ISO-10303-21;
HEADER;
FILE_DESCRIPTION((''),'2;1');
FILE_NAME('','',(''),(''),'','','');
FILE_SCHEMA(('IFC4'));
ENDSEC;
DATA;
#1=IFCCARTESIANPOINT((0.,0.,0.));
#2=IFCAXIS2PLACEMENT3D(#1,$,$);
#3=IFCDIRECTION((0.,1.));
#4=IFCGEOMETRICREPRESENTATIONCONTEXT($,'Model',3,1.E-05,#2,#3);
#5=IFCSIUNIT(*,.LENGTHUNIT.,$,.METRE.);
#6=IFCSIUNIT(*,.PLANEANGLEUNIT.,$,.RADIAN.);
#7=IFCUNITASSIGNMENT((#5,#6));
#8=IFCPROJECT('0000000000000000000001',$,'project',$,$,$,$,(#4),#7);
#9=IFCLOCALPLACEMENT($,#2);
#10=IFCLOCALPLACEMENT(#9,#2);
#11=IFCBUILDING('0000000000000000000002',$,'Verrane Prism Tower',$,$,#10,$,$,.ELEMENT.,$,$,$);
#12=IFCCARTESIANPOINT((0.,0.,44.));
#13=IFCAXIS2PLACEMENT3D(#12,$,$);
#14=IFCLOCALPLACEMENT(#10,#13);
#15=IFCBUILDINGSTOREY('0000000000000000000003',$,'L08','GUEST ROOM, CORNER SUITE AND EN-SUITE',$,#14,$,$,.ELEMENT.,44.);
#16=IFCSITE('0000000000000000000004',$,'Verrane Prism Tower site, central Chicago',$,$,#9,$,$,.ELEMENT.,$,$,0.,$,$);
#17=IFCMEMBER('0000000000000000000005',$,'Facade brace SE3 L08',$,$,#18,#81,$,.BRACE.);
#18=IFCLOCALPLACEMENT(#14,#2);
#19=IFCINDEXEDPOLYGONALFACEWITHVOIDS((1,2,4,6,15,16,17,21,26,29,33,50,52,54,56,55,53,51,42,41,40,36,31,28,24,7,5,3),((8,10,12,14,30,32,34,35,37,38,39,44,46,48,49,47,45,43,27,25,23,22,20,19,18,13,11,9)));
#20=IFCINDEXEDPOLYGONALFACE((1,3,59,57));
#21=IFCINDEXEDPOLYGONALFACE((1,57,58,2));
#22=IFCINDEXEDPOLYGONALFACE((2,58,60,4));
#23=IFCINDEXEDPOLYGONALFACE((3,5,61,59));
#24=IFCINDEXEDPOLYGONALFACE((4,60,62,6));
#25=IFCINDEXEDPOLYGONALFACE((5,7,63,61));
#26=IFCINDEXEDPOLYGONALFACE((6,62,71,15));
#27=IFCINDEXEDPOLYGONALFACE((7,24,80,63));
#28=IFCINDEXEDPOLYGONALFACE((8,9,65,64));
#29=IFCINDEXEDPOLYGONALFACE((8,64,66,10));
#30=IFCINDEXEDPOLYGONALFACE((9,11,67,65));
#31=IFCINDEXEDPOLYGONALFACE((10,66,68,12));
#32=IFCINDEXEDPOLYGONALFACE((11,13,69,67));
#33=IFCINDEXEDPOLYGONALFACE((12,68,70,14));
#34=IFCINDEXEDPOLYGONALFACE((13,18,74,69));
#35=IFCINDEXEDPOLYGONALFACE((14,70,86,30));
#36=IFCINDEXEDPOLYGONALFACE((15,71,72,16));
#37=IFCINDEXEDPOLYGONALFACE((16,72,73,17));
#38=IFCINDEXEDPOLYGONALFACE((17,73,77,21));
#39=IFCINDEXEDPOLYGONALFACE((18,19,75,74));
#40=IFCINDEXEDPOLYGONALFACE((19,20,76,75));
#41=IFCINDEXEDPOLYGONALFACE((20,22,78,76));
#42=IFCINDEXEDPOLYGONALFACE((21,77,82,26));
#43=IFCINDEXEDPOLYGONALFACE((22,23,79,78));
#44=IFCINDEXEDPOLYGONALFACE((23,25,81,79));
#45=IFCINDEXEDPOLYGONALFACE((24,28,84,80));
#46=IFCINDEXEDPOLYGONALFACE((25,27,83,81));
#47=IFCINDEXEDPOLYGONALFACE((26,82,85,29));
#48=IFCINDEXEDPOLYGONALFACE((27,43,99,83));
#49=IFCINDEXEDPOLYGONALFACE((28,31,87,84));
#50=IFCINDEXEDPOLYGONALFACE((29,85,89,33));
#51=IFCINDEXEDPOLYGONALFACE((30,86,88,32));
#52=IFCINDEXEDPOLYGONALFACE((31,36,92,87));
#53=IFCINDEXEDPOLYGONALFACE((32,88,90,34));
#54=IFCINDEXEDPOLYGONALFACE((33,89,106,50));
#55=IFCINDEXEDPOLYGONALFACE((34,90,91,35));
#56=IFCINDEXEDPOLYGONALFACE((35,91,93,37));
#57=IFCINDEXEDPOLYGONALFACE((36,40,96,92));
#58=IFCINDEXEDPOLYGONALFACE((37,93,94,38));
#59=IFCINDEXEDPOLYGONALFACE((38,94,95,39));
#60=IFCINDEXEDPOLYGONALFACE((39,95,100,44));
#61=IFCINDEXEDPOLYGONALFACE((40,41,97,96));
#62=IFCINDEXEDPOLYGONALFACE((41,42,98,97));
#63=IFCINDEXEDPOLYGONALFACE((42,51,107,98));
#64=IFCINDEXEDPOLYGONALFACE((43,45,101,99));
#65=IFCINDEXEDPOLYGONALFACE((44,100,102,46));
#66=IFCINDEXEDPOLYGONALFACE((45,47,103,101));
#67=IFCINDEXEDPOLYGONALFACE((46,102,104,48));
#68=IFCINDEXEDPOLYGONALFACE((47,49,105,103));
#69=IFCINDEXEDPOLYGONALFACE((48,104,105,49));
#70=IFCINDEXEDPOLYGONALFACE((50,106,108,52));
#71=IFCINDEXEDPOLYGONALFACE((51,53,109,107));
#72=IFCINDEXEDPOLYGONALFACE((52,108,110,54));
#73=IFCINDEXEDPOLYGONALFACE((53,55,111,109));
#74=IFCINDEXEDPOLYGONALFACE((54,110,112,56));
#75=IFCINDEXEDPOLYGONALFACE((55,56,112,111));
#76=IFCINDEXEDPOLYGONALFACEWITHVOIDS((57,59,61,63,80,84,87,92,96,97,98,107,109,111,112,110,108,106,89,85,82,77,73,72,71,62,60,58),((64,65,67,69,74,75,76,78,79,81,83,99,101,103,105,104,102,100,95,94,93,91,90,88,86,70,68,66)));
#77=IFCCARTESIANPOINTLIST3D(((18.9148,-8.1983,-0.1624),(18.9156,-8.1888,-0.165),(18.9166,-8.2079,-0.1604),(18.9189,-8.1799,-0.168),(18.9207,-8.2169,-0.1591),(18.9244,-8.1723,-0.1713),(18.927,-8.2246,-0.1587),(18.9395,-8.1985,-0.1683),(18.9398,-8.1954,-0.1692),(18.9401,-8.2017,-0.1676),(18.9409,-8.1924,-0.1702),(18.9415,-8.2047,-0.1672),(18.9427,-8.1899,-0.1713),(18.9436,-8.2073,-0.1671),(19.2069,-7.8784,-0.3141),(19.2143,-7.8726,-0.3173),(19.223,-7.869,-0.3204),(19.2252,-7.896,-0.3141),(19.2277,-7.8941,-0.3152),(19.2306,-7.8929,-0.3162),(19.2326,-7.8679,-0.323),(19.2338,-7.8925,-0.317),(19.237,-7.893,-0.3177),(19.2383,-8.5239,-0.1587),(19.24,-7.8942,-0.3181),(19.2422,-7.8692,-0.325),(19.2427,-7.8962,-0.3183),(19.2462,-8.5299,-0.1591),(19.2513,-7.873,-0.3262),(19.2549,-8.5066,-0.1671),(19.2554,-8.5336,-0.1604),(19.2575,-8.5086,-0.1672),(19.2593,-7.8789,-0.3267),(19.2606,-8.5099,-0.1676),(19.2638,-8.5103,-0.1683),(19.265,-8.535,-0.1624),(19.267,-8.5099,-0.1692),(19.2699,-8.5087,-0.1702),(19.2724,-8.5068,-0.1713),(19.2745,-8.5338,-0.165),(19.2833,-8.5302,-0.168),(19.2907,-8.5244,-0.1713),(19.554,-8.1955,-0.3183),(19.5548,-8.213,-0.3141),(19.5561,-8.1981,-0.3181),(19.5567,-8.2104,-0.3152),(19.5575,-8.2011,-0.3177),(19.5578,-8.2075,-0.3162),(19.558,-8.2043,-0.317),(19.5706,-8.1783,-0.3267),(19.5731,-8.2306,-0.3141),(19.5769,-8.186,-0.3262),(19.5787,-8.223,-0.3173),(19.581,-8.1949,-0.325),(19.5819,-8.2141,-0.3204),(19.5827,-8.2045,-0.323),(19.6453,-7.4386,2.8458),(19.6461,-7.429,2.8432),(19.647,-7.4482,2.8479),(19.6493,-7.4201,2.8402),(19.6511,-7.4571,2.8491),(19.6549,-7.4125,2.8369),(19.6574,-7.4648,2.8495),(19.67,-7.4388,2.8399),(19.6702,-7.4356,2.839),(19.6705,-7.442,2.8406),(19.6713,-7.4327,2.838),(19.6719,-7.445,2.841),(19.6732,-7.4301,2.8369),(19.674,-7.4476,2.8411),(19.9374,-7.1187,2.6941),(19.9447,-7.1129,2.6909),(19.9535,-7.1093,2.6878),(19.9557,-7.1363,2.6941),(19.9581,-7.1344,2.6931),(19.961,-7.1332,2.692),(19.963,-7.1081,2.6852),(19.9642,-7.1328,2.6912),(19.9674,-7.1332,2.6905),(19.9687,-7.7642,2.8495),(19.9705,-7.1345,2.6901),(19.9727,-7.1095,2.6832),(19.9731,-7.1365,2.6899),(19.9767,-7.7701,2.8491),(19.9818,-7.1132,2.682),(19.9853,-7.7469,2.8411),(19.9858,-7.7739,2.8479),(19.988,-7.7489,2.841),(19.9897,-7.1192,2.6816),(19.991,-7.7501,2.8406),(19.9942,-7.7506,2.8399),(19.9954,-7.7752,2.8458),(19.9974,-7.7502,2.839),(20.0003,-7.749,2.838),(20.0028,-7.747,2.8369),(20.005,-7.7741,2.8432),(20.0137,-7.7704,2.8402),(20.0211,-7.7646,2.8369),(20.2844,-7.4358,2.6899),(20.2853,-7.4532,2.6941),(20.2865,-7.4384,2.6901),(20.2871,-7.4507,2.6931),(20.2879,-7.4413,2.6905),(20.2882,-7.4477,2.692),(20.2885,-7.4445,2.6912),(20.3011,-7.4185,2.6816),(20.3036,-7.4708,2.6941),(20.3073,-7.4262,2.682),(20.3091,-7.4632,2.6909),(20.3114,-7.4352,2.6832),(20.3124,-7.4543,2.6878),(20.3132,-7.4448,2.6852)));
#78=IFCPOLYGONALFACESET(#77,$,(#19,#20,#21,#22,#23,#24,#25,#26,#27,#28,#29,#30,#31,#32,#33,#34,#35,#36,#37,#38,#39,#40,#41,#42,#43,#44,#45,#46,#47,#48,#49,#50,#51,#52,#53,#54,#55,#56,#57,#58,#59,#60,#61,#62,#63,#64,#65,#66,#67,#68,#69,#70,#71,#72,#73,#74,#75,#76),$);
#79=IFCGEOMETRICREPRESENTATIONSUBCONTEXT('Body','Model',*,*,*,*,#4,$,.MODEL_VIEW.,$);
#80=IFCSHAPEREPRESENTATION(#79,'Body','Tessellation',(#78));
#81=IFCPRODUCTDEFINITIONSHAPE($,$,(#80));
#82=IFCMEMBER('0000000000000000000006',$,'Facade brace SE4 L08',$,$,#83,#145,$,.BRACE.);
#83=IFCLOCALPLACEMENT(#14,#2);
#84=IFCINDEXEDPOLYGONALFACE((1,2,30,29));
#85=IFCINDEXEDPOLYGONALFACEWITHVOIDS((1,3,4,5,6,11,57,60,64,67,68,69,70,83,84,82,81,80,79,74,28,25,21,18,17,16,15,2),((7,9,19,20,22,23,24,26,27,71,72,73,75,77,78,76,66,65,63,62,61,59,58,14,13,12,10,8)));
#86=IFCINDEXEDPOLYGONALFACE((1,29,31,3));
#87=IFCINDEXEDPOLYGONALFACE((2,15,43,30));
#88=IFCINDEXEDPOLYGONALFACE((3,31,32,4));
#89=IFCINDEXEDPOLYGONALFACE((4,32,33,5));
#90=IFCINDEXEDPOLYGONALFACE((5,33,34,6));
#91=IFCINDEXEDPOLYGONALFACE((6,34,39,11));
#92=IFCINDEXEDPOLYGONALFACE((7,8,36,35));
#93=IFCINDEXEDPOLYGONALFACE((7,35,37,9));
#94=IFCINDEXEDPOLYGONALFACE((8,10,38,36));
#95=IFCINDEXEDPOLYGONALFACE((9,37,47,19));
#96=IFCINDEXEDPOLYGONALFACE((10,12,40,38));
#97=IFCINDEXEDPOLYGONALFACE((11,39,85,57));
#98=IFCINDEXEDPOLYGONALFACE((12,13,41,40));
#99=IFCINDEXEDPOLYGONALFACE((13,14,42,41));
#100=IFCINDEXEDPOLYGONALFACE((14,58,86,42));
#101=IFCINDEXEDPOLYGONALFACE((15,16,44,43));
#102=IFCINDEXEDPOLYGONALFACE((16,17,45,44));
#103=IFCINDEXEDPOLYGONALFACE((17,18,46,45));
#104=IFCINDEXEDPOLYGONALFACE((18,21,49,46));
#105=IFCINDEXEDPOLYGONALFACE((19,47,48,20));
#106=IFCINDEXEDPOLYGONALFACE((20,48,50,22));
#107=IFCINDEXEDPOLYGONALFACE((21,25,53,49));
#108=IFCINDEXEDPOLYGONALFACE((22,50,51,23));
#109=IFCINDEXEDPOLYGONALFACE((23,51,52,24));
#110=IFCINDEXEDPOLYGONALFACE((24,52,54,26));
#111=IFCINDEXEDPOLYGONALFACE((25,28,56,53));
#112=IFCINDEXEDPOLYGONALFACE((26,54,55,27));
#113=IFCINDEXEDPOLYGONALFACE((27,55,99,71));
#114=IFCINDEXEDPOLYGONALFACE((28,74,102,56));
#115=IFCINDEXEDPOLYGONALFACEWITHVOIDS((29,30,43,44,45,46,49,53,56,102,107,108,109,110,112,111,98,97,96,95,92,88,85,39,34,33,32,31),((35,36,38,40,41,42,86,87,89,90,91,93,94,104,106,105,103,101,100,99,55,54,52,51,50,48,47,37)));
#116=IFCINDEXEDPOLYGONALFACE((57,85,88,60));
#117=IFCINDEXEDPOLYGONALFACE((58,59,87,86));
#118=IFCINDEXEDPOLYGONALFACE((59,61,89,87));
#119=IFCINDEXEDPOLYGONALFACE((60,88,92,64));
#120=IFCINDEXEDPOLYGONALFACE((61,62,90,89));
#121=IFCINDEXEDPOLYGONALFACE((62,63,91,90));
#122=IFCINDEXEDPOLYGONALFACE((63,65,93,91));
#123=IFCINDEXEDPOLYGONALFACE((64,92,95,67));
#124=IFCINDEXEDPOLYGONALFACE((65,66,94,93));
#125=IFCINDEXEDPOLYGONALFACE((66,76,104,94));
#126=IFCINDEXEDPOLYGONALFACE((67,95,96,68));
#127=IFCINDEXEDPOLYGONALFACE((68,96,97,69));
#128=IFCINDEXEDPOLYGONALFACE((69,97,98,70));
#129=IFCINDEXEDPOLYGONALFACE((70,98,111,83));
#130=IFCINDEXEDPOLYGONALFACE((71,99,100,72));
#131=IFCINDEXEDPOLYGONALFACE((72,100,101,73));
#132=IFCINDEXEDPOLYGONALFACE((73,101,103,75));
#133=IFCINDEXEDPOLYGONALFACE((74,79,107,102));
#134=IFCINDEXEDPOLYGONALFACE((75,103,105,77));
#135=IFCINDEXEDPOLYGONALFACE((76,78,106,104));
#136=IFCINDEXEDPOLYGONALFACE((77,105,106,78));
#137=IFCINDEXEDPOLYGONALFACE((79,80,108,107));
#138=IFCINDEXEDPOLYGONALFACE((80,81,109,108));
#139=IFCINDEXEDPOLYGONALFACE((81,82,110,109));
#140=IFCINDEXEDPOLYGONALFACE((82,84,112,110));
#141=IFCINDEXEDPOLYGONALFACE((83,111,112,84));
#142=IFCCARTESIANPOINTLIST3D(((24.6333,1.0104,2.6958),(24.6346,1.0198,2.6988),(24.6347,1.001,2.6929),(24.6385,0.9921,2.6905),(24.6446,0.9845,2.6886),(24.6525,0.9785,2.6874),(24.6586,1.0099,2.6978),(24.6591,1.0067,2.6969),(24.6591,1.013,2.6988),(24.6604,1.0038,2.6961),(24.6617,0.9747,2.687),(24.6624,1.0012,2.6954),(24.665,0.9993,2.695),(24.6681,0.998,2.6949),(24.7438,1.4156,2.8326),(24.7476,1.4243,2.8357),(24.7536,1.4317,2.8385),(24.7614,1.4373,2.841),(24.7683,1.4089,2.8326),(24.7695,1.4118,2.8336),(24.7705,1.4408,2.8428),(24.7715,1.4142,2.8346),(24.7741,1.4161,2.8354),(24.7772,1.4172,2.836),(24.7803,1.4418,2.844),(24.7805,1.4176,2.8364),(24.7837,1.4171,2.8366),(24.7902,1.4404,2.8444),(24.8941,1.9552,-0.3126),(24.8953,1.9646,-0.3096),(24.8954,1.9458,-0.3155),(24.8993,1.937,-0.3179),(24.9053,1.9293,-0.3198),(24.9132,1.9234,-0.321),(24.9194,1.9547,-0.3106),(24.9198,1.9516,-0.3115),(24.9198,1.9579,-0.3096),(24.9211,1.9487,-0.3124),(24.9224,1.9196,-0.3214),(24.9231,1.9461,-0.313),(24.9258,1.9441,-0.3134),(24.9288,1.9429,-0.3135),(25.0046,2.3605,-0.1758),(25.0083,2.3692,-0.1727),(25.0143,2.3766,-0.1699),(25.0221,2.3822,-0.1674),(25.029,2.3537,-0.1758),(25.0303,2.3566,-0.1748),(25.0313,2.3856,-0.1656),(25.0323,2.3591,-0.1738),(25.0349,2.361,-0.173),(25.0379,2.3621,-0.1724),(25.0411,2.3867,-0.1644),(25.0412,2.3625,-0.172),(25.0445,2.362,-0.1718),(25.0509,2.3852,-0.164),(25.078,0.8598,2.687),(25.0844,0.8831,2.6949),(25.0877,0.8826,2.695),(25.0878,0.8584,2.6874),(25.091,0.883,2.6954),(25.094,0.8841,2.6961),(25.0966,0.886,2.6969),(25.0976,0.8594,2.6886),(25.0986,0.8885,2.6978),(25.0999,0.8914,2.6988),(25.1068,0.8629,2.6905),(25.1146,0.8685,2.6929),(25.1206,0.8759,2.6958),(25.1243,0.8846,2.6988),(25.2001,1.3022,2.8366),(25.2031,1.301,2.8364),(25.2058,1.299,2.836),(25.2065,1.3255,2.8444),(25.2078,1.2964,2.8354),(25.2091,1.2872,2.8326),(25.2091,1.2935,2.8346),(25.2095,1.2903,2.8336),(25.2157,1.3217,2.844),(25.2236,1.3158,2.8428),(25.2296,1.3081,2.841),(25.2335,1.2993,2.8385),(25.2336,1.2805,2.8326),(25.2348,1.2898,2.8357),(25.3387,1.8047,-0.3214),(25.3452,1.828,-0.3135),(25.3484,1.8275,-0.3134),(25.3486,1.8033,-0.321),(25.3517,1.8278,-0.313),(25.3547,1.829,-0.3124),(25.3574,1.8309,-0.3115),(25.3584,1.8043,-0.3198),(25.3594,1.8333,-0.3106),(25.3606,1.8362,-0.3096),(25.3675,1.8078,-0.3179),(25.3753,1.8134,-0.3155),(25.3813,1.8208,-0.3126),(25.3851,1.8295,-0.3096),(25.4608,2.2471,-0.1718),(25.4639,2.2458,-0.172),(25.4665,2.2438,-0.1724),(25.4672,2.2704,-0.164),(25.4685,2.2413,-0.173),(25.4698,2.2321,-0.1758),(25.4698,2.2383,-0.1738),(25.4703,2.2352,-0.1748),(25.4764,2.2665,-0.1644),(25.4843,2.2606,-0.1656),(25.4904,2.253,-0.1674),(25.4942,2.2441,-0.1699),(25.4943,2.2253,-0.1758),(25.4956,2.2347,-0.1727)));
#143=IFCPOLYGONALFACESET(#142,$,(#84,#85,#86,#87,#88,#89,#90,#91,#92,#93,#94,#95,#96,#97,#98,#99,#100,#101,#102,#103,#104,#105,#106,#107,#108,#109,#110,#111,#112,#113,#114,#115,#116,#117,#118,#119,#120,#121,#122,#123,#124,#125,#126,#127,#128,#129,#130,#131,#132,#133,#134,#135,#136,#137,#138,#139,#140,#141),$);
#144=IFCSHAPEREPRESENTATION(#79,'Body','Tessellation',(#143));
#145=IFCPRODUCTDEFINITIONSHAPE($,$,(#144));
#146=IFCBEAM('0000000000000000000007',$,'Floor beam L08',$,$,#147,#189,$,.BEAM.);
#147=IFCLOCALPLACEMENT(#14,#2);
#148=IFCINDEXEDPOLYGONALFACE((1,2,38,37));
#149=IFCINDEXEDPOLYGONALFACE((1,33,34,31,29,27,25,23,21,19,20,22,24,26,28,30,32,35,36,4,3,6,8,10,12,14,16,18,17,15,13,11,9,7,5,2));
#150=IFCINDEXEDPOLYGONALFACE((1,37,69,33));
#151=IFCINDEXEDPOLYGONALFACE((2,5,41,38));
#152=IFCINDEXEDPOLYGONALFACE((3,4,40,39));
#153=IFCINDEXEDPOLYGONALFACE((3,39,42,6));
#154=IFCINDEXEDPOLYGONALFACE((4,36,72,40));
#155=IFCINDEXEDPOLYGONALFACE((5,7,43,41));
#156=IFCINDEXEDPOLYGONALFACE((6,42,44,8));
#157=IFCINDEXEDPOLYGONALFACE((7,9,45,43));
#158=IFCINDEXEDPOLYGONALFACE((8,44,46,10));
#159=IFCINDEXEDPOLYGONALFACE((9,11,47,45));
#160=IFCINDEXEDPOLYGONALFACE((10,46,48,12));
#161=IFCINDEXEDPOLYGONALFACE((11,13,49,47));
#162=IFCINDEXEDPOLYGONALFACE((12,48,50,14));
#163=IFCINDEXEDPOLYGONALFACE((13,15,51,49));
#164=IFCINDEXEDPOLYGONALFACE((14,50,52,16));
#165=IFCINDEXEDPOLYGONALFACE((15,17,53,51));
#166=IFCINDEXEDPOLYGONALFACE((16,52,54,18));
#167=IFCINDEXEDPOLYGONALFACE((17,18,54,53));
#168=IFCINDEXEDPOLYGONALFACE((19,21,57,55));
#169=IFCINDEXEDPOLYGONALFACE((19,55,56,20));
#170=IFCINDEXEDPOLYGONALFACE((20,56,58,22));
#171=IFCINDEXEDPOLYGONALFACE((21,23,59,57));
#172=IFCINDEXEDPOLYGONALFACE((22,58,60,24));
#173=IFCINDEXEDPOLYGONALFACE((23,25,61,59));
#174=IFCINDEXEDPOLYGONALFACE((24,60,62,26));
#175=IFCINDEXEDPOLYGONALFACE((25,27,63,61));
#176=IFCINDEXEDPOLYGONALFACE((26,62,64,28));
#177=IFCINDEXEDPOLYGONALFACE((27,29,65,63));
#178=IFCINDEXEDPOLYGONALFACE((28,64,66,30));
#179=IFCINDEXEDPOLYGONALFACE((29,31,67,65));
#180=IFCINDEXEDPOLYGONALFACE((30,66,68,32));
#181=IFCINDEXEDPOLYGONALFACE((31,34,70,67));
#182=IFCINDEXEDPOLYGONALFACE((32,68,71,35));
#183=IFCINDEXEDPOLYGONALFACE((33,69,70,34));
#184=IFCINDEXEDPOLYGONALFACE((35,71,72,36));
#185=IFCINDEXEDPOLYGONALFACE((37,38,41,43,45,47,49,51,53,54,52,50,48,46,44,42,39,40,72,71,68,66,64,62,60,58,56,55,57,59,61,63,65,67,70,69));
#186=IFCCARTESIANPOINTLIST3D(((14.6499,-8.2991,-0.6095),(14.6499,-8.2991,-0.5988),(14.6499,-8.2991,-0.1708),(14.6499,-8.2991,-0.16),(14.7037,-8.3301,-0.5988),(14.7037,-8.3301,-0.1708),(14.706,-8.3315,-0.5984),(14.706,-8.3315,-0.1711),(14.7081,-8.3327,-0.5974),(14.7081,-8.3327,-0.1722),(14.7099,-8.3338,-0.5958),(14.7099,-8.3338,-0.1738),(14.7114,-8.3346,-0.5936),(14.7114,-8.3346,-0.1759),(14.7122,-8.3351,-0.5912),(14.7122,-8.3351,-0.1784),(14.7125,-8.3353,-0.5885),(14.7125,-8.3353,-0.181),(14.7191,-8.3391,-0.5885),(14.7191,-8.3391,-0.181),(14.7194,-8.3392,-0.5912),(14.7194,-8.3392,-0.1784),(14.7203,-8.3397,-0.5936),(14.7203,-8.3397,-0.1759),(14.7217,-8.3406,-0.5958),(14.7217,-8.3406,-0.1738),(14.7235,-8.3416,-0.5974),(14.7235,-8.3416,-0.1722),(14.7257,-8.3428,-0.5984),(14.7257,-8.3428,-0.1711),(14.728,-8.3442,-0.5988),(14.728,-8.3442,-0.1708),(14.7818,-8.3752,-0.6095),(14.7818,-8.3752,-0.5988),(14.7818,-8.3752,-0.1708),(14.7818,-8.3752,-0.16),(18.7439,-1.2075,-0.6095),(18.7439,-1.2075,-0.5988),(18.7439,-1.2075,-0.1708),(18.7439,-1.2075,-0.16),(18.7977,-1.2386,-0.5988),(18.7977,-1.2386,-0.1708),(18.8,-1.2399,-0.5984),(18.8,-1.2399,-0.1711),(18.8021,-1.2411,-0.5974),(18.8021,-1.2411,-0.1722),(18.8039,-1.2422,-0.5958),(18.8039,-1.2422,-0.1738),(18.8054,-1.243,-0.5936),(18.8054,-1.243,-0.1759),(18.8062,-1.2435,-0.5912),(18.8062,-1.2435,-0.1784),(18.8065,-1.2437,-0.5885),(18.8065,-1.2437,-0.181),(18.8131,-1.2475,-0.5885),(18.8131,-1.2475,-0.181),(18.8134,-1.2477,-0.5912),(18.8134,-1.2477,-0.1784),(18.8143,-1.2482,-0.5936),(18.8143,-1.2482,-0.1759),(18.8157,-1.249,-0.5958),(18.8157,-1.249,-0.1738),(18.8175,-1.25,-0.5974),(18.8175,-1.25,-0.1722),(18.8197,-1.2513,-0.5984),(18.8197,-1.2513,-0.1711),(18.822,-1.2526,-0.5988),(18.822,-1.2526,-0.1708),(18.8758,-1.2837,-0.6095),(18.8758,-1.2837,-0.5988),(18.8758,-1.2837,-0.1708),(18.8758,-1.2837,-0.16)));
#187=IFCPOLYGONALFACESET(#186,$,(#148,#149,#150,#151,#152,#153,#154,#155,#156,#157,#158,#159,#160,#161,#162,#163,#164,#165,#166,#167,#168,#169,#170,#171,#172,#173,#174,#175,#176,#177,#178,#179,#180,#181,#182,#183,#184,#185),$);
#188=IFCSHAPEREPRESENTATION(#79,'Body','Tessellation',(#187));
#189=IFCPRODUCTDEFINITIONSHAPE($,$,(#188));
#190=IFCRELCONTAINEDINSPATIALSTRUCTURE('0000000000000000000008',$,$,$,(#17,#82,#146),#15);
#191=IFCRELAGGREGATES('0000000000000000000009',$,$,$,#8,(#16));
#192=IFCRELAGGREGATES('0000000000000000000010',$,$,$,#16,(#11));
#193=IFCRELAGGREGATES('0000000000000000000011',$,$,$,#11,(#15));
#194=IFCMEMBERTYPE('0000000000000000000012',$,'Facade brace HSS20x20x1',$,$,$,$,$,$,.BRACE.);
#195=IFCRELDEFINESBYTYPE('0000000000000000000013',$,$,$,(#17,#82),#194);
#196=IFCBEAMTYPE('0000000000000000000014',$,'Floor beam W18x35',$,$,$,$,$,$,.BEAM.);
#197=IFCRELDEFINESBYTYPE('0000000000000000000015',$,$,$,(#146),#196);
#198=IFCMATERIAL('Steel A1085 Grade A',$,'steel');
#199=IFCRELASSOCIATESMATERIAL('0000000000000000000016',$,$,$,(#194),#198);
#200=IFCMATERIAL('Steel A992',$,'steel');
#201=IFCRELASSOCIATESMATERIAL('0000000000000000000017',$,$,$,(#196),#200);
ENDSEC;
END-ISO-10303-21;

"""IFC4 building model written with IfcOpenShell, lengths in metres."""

from ifc_helpers import new_model, si_unit, direction, frame, origin, origin_2d, place, context, subcontext, project, spatial, hollow_rectangle, i_section, extrude, material, material_profile, profile_set, type_object, element, save


model = new_model("IFC4")

# Units and contexts
model_context = context("Model", 3, precision=1e-05, world=origin(), true_north=direction((0.0, 1.0)))
body_context = subcontext(model_context, "Body", "Model", "MODEL_VIEW")
ifc_project = project(units=[si_unit("LENGTHUNIT", "METRE"), si_unit("PLANEANGLEUNIT", "RADIAN")], contexts=[model_context])

# Site, building, storey
site_placement = place(None, origin())
site = spatial("IfcSite", under=ifc_project, at=site_placement, Name="Verrane Prism Tower site, central Chicago", CompositionType="ELEMENT", RefElevation=0.0)
building_placement = place(site_placement, origin())
building = spatial("IfcBuilding", under=site, at=building_placement, Name="Verrane Prism Tower", CompositionType="ELEMENT")
storey_placement = place(building_placement, frame((0.0, 0.0, 44.0)))
storey = spatial("IfcBuildingStorey", under=building, at=storey_placement, Name="L08", Description="GUEST ROOM, CORNER SUITE AND EN-SUITE", CompositionType="ELEMENT", Elevation=44.0)

# Members
ifc_material_1 = material(Name="Steel A1085 Grade A", Category="steel")
ifc_material_profile_1 = material_profile(ifc_material_1, hollow_rectangle(XDim=0.5081, YDim=0.5081, WallThickness=0.0254, InnerFilletRadius=0.0127, OuterFilletRadius=0.0381, at=origin_2d()), Name="HSS20x20x1")
ifc_profile_set_1 = profile_set([ifc_material_profile_1], Name="Steel A1085 Grade A")
member_type_1 = type_object("IfcMemberType", Name="Facade brace HSS20x20x1", PredefinedType="BRACE", material=ifc_profile_set_1)
member_1_placement = place(storey_placement, frame((19.2488, -8.2014, -0.2427), z_axis=(0.229161, 0.238351, 0.943755), x_axis=(-0.720869, 0.693072, 0.0)))
element("IfcMember", 1, at=member_1_placement, inside=storey, type_object=member_type_1, Name="Facade brace SE3 L08", PredefinedType="BRACE", context=body_context, shape_type="SweptSolid", body=[
    extrude(hollow_rectangle(XDim=0.5081, YDim=0.5081, WallThickness=0.0254, InnerFilletRadius=0.0127, OuterFilletRadius=0.0381, at=origin_2d()), origin(), (0.0, 0.0, 1.0), 3.1875),
])
member_2_placement = place(storey_placement, frame((25.1948, 2.095, -0.2427), z_axis=(-0.08241, -0.298622, 0.950807), x_axis=(0.963966, -0.266025, 0.0)))
element("IfcMember", 2, at=member_2_placement, inside=storey, type_object=member_type_1, Name="Facade brace SE4 L08", PredefinedType="BRACE", context=body_context, shape_type="SweptSolid", body=[
    extrude(hollow_rectangle(XDim=0.5081, YDim=0.5081, WallThickness=0.0254, InnerFilletRadius=0.0127, OuterFilletRadius=0.0381, at=origin_2d()), origin(), (0.0, 0.0, 1.0), 3.1641),
])

# Beam
ifc_material_2 = material(Name="Steel A992", Category="steel")
ifc_material_profile_2 = material_profile(ifc_material_2, i_section(OverallWidth=0.1523, OverallDepth=0.4495, WebThickness=0.0076, FlangeThickness=0.0107, FilletRadius=0.0103, at=origin_2d()), Name="W18x35")
ifc_profile_set_2 = profile_set([ifc_material_profile_2], Name="Steel A992")
beam_type_1 = type_object("IfcBeamType", Name="Floor beam W18x35", PredefinedType="BEAM", material=ifc_profile_set_2)
beam_1_placement = place(storey_placement, frame((14.7158, -8.3372, -0.3848), z_axis=(0.499971, 0.866042, 0.0), x_axis=(-0.866042, 0.499971, 0.0)))
element("IfcBeam", 3, at=beam_1_placement, inside=storey, type_object=beam_type_1, Name="Floor beam L08", PredefinedType="BEAM", context=body_context, shape_type="SweptSolid", body=[
    extrude(i_section(OverallWidth=0.1523, OverallDepth=0.4495, WebThickness=0.0076, FlangeThickness=0.0107, FilletRadius=0.0103, at=origin_2d()), origin(), (0.0, 0.0, 1.0), 8.1885),
])

save(model, "model.ifc")
